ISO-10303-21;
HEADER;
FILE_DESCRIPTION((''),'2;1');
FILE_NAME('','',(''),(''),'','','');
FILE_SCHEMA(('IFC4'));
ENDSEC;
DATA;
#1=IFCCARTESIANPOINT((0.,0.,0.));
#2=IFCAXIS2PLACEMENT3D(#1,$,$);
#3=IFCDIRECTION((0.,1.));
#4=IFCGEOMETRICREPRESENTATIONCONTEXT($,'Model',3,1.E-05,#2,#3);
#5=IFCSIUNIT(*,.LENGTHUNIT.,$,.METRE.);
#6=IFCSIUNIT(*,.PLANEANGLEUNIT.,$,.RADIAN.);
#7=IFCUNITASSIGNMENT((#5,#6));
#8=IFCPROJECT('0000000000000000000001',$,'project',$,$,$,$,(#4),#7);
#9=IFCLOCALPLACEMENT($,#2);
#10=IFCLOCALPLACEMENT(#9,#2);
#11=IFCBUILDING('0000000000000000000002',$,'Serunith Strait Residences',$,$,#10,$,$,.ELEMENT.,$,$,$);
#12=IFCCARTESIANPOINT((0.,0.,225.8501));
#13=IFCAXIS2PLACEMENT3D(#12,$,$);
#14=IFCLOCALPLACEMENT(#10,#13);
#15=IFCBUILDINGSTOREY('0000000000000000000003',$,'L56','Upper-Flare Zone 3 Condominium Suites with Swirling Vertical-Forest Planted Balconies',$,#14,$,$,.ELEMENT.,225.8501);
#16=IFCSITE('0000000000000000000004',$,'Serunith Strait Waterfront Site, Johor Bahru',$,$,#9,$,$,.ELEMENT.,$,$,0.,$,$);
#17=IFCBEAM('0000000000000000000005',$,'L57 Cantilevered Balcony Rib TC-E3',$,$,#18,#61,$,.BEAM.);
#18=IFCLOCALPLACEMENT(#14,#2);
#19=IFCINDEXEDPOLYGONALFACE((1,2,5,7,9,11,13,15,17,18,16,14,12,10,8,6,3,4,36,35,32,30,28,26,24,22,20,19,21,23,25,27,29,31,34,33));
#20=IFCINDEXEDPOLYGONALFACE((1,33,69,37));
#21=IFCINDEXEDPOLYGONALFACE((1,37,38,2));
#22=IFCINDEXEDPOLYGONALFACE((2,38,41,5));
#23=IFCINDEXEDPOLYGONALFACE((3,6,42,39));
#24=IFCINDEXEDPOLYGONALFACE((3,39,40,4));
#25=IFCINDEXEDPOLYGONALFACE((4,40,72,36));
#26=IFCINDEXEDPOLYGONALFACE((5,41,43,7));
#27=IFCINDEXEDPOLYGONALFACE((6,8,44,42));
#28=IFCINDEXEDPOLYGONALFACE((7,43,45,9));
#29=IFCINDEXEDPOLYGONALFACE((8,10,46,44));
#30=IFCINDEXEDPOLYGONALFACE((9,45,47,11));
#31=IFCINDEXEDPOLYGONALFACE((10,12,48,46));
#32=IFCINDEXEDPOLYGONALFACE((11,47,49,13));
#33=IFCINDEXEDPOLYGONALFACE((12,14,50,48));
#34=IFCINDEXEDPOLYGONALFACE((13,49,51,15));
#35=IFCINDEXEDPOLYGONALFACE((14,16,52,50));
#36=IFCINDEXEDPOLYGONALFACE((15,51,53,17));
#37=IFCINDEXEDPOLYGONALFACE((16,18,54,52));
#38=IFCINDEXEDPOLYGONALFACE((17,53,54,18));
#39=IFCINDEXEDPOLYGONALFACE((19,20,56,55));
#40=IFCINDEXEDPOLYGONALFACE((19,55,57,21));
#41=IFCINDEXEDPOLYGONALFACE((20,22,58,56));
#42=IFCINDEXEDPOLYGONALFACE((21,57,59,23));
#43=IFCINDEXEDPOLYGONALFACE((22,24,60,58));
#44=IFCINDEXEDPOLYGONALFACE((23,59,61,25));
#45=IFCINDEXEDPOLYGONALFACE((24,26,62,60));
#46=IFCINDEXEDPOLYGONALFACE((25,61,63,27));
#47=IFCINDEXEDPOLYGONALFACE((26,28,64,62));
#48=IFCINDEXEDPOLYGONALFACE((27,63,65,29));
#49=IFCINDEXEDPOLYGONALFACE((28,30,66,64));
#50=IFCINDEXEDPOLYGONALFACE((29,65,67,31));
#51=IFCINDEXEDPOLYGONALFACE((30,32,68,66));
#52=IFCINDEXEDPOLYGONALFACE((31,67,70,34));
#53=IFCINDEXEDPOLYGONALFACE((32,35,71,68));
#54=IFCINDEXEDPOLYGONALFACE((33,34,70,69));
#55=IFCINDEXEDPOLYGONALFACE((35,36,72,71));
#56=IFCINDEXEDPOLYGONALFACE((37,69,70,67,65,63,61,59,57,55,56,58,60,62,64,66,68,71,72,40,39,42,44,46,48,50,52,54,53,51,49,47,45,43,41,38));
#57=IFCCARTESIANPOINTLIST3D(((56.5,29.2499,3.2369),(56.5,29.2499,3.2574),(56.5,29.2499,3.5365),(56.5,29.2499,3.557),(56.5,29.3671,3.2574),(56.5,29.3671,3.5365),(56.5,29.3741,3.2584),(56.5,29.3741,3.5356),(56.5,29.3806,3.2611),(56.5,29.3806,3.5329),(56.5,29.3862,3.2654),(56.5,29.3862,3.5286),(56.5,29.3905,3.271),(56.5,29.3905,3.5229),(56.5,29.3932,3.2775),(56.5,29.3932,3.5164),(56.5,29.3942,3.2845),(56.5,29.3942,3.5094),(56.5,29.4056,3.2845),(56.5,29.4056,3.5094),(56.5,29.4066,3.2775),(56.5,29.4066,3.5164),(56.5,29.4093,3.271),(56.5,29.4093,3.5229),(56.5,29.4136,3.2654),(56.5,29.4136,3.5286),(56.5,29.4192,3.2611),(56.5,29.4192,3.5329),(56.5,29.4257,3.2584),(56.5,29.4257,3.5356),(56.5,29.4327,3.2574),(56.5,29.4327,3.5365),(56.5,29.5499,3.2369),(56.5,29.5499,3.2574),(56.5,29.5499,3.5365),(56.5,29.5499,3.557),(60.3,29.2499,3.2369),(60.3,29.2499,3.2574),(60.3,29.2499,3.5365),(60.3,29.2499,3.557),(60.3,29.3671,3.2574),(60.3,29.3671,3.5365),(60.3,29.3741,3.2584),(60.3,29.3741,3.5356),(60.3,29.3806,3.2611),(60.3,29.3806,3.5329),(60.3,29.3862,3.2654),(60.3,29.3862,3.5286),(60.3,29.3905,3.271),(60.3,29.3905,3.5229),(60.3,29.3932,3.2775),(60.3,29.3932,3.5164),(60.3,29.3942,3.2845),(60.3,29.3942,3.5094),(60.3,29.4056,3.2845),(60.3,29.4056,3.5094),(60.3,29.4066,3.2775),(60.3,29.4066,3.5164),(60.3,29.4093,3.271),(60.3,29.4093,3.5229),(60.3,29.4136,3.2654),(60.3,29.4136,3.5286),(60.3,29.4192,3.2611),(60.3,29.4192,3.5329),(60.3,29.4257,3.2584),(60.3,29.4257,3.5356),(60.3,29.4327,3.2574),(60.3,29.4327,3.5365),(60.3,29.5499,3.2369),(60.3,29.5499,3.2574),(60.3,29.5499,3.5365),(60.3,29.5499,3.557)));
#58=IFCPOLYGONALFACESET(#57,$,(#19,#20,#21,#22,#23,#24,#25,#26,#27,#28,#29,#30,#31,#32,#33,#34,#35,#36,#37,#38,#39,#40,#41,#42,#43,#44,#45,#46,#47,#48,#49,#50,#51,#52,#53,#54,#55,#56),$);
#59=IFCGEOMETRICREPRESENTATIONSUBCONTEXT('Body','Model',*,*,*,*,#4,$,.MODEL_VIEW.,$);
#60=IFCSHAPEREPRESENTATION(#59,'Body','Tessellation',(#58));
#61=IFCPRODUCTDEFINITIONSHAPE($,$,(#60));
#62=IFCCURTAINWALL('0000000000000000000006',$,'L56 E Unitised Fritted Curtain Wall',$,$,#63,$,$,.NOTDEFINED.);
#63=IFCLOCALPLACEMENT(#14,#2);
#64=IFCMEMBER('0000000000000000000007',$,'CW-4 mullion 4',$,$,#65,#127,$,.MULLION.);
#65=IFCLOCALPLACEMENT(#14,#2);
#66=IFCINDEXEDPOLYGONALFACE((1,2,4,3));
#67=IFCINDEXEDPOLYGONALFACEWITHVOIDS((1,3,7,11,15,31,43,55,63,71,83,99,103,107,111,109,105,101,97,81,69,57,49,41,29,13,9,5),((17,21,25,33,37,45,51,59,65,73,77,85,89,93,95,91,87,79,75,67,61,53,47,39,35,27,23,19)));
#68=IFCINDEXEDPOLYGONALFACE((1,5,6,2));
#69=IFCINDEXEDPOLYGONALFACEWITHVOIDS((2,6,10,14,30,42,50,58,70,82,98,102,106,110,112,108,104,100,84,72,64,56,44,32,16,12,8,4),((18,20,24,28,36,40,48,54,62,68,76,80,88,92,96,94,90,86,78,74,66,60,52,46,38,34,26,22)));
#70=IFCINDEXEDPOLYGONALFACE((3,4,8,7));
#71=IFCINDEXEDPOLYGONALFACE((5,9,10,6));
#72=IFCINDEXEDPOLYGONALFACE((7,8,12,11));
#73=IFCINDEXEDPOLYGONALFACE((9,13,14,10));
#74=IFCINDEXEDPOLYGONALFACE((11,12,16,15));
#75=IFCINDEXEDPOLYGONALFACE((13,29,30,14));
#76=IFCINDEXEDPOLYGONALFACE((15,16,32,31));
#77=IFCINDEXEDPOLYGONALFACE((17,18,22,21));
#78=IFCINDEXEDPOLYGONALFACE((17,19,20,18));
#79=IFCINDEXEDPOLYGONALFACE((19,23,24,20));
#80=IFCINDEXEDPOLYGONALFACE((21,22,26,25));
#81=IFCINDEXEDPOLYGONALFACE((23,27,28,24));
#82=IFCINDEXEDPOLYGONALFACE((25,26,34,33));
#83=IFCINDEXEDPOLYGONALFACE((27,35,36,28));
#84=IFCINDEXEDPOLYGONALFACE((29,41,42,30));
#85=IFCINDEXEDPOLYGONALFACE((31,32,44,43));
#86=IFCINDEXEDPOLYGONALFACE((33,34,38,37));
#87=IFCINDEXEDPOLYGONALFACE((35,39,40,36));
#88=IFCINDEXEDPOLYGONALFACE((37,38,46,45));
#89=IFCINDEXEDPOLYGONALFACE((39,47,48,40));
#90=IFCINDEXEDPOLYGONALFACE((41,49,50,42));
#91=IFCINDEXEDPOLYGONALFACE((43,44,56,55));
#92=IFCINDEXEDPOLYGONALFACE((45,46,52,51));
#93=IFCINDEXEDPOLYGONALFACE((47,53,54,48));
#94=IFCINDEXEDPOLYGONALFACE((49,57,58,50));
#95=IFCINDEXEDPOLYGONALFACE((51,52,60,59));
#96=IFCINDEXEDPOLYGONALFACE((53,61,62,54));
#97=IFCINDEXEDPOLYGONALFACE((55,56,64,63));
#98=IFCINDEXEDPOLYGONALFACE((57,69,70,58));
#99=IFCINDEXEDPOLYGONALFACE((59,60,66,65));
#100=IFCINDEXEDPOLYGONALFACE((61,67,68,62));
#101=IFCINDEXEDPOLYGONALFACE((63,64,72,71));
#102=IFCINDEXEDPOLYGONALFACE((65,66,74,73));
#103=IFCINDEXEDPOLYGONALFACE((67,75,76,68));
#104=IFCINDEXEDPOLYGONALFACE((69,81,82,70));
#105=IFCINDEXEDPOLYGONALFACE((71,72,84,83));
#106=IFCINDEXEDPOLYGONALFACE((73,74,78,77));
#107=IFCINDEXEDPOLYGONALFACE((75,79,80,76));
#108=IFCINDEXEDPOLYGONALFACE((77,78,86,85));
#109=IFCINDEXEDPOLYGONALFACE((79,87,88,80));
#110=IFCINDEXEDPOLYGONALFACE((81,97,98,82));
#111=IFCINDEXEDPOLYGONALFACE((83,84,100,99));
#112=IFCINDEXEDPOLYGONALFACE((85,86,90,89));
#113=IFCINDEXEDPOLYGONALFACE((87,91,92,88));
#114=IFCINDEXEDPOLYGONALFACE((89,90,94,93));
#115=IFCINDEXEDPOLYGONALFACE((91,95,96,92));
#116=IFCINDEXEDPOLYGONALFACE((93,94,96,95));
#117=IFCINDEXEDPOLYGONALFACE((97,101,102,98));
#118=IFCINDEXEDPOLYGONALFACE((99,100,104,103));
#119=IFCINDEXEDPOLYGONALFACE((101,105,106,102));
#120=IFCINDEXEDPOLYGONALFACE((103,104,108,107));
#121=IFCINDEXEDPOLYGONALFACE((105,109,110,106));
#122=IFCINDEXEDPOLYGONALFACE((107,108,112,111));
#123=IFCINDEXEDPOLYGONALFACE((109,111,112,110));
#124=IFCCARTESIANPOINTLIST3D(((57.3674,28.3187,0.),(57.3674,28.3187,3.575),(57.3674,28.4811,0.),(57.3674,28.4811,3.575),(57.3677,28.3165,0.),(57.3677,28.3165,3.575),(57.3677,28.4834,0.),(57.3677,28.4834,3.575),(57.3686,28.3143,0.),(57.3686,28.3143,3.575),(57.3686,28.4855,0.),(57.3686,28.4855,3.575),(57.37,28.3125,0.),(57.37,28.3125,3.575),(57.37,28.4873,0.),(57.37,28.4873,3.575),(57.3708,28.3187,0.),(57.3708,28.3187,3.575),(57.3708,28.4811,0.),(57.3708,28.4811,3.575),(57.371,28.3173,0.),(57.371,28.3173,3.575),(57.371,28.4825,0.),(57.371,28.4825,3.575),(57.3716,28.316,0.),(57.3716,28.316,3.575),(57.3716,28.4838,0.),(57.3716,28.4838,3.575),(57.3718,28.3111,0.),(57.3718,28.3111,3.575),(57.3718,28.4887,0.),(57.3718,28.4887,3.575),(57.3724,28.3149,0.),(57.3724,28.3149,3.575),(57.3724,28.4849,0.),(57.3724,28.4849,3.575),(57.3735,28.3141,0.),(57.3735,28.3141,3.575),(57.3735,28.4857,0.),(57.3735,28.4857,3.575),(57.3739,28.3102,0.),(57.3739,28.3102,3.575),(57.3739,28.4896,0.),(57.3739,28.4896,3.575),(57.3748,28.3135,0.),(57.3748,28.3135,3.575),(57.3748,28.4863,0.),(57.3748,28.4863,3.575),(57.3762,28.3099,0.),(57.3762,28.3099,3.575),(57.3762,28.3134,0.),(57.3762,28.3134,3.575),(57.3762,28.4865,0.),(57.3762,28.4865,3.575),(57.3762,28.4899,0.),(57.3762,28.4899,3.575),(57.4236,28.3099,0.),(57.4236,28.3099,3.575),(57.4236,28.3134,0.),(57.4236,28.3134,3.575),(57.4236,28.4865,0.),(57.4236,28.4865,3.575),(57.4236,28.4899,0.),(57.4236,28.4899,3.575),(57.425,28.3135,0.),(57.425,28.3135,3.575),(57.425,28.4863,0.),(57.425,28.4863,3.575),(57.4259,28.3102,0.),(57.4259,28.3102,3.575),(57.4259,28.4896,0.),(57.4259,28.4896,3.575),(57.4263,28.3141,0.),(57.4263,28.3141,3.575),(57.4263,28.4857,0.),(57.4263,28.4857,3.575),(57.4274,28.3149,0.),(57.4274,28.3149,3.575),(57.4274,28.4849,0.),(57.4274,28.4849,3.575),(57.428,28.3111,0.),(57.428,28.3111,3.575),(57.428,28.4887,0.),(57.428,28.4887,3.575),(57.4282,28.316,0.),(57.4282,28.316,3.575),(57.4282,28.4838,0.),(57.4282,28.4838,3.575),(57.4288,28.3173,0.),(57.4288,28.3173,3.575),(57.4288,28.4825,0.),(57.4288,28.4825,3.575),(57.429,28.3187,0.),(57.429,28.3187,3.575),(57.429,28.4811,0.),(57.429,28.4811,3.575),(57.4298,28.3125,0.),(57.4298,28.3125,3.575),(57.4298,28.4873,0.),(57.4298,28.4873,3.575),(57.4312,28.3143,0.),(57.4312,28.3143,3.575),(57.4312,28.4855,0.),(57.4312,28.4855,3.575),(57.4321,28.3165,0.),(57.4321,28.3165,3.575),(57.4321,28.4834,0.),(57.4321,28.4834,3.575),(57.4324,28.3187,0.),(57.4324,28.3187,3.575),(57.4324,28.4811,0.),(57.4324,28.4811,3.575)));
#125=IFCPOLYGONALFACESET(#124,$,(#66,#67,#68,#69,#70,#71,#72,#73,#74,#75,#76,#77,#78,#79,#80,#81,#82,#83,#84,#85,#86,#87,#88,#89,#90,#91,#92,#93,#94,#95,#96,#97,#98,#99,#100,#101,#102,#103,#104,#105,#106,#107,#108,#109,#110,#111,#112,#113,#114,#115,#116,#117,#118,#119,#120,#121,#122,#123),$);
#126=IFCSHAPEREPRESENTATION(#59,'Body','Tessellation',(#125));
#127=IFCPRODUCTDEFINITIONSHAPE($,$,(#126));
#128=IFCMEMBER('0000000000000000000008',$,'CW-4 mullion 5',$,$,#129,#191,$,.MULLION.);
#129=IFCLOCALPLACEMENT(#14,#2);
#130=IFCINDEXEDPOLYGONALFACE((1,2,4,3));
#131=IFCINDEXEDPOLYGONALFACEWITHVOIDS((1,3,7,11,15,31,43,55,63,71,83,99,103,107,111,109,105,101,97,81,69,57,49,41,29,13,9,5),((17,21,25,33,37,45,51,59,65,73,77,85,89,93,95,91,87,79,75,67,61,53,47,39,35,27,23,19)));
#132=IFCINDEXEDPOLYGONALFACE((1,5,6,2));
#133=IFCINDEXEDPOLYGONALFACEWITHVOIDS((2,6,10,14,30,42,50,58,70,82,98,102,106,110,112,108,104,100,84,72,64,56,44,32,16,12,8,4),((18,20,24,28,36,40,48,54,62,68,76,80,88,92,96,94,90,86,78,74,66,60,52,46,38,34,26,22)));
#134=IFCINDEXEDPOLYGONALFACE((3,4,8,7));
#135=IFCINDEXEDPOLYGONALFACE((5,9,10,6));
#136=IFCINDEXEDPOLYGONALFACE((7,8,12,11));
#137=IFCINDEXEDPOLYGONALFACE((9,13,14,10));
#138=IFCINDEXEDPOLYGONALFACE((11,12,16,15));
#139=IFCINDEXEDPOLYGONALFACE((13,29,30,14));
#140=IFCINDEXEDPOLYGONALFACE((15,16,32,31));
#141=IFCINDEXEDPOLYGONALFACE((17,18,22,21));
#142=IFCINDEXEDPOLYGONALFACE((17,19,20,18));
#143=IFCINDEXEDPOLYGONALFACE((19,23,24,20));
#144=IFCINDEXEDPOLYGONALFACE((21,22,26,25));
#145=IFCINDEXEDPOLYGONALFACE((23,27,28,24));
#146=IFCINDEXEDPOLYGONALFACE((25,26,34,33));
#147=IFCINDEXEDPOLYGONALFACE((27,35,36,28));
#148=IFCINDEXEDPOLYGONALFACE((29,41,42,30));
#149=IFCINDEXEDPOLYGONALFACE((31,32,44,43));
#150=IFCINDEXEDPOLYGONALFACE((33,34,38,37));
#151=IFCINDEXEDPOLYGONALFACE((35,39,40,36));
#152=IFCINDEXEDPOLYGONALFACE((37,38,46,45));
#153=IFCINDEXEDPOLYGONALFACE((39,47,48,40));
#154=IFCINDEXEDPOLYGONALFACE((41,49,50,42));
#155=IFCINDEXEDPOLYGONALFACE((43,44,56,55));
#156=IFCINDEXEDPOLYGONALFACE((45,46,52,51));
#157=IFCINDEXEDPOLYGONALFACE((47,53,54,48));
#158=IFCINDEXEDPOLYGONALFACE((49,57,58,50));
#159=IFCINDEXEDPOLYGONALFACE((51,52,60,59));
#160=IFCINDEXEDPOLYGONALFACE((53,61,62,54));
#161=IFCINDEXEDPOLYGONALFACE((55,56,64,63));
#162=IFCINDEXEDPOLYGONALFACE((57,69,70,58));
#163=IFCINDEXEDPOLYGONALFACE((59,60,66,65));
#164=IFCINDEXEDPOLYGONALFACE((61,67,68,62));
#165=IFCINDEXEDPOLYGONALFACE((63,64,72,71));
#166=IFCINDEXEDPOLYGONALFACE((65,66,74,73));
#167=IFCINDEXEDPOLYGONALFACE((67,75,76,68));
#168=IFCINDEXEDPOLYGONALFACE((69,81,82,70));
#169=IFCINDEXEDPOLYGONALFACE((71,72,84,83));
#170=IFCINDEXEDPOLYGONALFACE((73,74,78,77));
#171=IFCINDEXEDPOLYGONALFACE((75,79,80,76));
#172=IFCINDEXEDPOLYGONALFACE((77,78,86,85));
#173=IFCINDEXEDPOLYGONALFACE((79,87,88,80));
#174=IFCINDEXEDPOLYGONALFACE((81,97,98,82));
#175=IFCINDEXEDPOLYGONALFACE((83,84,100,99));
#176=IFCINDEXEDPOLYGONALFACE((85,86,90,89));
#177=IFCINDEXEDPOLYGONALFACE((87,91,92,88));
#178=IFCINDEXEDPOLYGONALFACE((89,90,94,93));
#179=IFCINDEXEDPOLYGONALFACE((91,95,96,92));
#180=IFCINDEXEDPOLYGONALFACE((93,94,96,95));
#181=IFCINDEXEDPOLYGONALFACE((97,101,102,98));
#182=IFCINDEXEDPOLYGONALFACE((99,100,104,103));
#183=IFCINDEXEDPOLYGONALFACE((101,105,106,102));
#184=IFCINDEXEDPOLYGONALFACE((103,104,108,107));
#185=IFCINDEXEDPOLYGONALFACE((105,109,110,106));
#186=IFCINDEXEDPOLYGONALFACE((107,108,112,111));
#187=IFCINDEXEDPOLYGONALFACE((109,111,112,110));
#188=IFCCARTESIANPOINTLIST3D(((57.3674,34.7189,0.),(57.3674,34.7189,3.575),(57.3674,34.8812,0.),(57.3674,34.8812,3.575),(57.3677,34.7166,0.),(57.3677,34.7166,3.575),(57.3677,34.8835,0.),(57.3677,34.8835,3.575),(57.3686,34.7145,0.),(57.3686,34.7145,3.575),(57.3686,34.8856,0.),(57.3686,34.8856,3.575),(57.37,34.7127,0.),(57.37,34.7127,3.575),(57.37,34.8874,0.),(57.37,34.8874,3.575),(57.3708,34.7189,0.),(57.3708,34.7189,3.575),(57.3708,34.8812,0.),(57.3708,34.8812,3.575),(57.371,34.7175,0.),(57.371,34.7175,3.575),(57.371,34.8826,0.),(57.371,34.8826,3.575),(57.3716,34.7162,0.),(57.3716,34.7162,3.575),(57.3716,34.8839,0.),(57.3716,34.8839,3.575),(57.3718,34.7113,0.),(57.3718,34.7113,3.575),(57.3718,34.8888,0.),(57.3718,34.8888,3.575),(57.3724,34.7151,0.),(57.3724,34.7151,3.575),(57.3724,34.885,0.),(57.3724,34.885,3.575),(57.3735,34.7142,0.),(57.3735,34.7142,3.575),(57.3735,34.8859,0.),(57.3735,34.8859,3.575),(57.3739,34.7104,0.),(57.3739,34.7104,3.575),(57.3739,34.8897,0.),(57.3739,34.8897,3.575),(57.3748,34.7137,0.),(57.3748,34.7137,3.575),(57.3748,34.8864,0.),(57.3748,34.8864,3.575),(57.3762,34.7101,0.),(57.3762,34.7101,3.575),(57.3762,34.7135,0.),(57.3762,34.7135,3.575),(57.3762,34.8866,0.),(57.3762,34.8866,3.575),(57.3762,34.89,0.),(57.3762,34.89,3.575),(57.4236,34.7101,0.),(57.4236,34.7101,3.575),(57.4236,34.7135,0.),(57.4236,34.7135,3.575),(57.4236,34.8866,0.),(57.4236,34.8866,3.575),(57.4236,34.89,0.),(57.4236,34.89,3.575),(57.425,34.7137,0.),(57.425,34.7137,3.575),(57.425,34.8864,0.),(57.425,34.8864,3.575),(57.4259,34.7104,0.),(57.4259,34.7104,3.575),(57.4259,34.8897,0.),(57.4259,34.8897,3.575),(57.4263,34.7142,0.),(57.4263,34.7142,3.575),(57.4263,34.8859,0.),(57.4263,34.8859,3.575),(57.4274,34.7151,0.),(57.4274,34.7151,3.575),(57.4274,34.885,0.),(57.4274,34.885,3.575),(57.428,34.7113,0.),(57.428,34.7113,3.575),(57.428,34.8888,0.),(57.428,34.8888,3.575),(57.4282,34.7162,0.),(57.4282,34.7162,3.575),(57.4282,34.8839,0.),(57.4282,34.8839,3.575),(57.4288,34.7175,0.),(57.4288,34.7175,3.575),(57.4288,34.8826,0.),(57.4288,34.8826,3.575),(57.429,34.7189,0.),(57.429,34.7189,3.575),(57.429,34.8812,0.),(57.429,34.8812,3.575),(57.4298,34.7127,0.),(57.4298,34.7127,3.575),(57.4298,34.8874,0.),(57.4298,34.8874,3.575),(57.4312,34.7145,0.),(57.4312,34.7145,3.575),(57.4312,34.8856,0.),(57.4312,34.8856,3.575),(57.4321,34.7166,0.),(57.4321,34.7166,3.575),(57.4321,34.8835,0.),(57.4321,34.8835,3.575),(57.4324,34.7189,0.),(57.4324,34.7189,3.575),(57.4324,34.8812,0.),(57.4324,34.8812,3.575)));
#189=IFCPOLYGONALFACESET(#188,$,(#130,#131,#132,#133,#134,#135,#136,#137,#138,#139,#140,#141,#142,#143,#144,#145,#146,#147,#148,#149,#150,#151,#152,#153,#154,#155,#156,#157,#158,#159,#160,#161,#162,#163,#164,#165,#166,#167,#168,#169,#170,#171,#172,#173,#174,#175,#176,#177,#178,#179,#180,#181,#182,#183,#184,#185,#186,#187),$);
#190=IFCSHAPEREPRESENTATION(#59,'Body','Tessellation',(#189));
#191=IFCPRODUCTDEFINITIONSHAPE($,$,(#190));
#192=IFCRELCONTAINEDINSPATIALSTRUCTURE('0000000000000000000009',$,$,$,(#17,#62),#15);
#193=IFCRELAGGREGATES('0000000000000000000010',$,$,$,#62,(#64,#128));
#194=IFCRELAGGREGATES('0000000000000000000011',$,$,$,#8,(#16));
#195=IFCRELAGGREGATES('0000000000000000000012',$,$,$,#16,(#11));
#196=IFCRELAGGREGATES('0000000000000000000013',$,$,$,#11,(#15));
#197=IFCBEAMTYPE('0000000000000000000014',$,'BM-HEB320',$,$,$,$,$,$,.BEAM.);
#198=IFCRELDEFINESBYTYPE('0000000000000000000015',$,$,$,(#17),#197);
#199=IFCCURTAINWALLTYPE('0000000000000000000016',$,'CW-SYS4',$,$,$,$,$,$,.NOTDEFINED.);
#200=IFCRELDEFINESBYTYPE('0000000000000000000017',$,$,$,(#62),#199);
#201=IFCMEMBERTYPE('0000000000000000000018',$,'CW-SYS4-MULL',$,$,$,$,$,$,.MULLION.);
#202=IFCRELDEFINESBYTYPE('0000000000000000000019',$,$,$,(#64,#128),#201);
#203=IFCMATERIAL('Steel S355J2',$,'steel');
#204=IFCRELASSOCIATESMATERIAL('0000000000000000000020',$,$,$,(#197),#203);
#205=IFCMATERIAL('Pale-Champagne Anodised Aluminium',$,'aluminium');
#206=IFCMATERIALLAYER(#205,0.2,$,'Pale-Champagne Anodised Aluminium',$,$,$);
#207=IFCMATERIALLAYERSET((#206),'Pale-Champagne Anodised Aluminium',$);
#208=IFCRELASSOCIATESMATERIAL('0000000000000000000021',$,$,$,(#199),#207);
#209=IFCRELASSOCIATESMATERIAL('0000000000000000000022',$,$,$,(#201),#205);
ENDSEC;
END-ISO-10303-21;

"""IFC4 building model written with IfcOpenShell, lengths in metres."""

from ifc_helpers import new_model, si_unit, direction, frame, origin, origin_2d, place, context, subcontext, project, spatial, hollow_rectangle, i_section, extrude, source, transform, mapped, material, layer, layer_set, material_profile, profile_set, type_object, element, aggregate, save


model = new_model("IFC4")

# Units and contexts
model_context = context("Model", 3, precision=1e-05, world=origin(), true_north=direction((0.0, 1.0)))
body_context = subcontext(model_context, "Body", "Model", "MODEL_VIEW")
ifc_project = project(units=[si_unit("LENGTHUNIT", "METRE"), si_unit("PLANEANGLEUNIT", "RADIAN")], contexts=[model_context])

# Site, building, storey
site_placement = place(None, origin())
site = spatial("IfcSite", under=ifc_project, at=site_placement, Name="Serunith Strait Waterfront Site, Johor Bahru", CompositionType="ELEMENT", RefElevation=0.0)
building_placement = place(site_placement, origin())
building = spatial("IfcBuilding", under=site, at=building_placement, Name="Serunith Strait Residences", CompositionType="ELEMENT")
storey_placement = place(building_placement, frame((0.0, 0.0, 225.8501)))
storey = spatial("IfcBuildingStorey", under=building, at=storey_placement, Name="L56", Description="Upper-Flare Zone 3 Condominium Suites with Swirling Vertical-Forest Planted Balconies", CompositionType="ELEMENT", Elevation=225.8501)

# Beam
ifc_material_1 = material(Name="Steel S355J2", Category="steel")
ifc_material_profile_1 = material_profile(ifc_material_1, i_section(OverallWidth=0.3, OverallDepth=0.3201, WebThickness=0.0115, FlangeThickness=0.0205, FilletRadius=0.0271, at=origin_2d()), Name="HEB 320")
ifc_profile_set_1 = profile_set([ifc_material_profile_1], Name="Steel S355J2")
beam_type_1 = type_object("IfcBeamType", Name="BM-HEB320", PredefinedType="BEAM", material=ifc_profile_set_1)
shared_shape_1 = source(origin(), body_context, "Body", "SweptSolid", [
    extrude(i_section(OverallWidth=0.3, OverallDepth=0.3201, WebThickness=0.0115, FlangeThickness=0.0205, FilletRadius=0.0271, at=origin_2d()), origin(), (0.0, 0.0, 1.0), 3.8),
])
beam_1_placement = place(storey_placement, frame((56.5, 29.3999, 3.397), z_axis=(1.0, 0.0, 0.0), x_axis=(0.0, 1.0, 0.0)))
element("IfcBeam", 1, at=beam_1_placement, inside=storey, type_object=beam_type_1, Name="L57 Cantilevered Balcony Rib TC-E3", PredefinedType="BEAM", context=body_context, shape_type="MappedRepresentation", body=[
    mapped(shared_shape_1, transform((0.0, 0.0, 0.0), scale=1.0)),
])

# Curtain wall, members
ifc_material_2 = material(Name="Pale-Champagne Anodised Aluminium", Category="aluminium")
ifc_layer_1 = layer(ifc_material_2, 0.2, Name="Pale-Champagne Anodised Aluminium")
ifc_layer_set_1 = layer_set([ifc_layer_1], Name="Pale-Champagne Anodised Aluminium")
curtain_wall_type = type_object("IfcCurtainWallType", Name="CW-SYS4", PredefinedType="NOTDEFINED", material=ifc_layer_set_1)
curtain_wall_placement = place(storey_placement, origin())
curtain_wall = element("IfcCurtainWall", 2, at=curtain_wall_placement, inside=storey, type_object=curtain_wall_type, Name="L56 E Unitised Fritted Curtain Wall", PredefinedType="NOTDEFINED")
ifc_material_profile_2 = material_profile(ifc_material_2, hollow_rectangle(XDim=0.0649, YDim=0.1799, WallThickness=0.0034, InnerFilletRadius=0.0054, OuterFilletRadius=0.0088, at=origin_2d()), Name="ALU 180x65x3.5")
ifc_profile_set_2 = profile_set([ifc_material_profile_2], Name="Pale-Champagne Anodised Aluminium")
member_type_1 = type_object("IfcMemberType", Name="CW-SYS4-MULL", PredefinedType="MULLION", material=ifc_profile_set_2)
shared_shape_2 = source(origin(), body_context, "Body", "SweptSolid", [
    extrude(hollow_rectangle(XDim=0.0649, YDim=0.1799, WallThickness=0.0034, InnerFilletRadius=0.0054, OuterFilletRadius=0.0088, at=origin_2d()), origin(), (0.0, 0.0, 1.0), 3.575),
])
member_1_placement = place(storey_placement, frame((57.3999, 28.3999, 0.0), z_axis=(0.0, 0.0, 1.0), x_axis=(-1.0, 0.0, 0.0)))
member_1 = element("IfcMember", 3, at=member_1_placement, type_object=member_type_1, Name="CW-4 mullion 4", PredefinedType="MULLION", context=body_context, shape_type="MappedRepresentation", body=[
    mapped(shared_shape_2, transform((0.0, 0.0, 0.0), scale=1.0)),
])
member_2_placement = place(storey_placement, frame((57.3999, 34.8, 0.0), z_axis=(0.0, 0.0, 1.0), x_axis=(-1.0, 0.0, 0.0)))
member_2 = element("IfcMember", 4, at=member_2_placement, type_object=member_type_1, Name="CW-4 mullion 5", PredefinedType="MULLION", context=body_context, shape_type="MappedRepresentation", body=[
    mapped(shared_shape_2, transform((0.0, 0.0, 0.0), scale=1.0)),
])
aggregate(curtain_wall, [member_1, member_2])

save(model, "model.ifc")
